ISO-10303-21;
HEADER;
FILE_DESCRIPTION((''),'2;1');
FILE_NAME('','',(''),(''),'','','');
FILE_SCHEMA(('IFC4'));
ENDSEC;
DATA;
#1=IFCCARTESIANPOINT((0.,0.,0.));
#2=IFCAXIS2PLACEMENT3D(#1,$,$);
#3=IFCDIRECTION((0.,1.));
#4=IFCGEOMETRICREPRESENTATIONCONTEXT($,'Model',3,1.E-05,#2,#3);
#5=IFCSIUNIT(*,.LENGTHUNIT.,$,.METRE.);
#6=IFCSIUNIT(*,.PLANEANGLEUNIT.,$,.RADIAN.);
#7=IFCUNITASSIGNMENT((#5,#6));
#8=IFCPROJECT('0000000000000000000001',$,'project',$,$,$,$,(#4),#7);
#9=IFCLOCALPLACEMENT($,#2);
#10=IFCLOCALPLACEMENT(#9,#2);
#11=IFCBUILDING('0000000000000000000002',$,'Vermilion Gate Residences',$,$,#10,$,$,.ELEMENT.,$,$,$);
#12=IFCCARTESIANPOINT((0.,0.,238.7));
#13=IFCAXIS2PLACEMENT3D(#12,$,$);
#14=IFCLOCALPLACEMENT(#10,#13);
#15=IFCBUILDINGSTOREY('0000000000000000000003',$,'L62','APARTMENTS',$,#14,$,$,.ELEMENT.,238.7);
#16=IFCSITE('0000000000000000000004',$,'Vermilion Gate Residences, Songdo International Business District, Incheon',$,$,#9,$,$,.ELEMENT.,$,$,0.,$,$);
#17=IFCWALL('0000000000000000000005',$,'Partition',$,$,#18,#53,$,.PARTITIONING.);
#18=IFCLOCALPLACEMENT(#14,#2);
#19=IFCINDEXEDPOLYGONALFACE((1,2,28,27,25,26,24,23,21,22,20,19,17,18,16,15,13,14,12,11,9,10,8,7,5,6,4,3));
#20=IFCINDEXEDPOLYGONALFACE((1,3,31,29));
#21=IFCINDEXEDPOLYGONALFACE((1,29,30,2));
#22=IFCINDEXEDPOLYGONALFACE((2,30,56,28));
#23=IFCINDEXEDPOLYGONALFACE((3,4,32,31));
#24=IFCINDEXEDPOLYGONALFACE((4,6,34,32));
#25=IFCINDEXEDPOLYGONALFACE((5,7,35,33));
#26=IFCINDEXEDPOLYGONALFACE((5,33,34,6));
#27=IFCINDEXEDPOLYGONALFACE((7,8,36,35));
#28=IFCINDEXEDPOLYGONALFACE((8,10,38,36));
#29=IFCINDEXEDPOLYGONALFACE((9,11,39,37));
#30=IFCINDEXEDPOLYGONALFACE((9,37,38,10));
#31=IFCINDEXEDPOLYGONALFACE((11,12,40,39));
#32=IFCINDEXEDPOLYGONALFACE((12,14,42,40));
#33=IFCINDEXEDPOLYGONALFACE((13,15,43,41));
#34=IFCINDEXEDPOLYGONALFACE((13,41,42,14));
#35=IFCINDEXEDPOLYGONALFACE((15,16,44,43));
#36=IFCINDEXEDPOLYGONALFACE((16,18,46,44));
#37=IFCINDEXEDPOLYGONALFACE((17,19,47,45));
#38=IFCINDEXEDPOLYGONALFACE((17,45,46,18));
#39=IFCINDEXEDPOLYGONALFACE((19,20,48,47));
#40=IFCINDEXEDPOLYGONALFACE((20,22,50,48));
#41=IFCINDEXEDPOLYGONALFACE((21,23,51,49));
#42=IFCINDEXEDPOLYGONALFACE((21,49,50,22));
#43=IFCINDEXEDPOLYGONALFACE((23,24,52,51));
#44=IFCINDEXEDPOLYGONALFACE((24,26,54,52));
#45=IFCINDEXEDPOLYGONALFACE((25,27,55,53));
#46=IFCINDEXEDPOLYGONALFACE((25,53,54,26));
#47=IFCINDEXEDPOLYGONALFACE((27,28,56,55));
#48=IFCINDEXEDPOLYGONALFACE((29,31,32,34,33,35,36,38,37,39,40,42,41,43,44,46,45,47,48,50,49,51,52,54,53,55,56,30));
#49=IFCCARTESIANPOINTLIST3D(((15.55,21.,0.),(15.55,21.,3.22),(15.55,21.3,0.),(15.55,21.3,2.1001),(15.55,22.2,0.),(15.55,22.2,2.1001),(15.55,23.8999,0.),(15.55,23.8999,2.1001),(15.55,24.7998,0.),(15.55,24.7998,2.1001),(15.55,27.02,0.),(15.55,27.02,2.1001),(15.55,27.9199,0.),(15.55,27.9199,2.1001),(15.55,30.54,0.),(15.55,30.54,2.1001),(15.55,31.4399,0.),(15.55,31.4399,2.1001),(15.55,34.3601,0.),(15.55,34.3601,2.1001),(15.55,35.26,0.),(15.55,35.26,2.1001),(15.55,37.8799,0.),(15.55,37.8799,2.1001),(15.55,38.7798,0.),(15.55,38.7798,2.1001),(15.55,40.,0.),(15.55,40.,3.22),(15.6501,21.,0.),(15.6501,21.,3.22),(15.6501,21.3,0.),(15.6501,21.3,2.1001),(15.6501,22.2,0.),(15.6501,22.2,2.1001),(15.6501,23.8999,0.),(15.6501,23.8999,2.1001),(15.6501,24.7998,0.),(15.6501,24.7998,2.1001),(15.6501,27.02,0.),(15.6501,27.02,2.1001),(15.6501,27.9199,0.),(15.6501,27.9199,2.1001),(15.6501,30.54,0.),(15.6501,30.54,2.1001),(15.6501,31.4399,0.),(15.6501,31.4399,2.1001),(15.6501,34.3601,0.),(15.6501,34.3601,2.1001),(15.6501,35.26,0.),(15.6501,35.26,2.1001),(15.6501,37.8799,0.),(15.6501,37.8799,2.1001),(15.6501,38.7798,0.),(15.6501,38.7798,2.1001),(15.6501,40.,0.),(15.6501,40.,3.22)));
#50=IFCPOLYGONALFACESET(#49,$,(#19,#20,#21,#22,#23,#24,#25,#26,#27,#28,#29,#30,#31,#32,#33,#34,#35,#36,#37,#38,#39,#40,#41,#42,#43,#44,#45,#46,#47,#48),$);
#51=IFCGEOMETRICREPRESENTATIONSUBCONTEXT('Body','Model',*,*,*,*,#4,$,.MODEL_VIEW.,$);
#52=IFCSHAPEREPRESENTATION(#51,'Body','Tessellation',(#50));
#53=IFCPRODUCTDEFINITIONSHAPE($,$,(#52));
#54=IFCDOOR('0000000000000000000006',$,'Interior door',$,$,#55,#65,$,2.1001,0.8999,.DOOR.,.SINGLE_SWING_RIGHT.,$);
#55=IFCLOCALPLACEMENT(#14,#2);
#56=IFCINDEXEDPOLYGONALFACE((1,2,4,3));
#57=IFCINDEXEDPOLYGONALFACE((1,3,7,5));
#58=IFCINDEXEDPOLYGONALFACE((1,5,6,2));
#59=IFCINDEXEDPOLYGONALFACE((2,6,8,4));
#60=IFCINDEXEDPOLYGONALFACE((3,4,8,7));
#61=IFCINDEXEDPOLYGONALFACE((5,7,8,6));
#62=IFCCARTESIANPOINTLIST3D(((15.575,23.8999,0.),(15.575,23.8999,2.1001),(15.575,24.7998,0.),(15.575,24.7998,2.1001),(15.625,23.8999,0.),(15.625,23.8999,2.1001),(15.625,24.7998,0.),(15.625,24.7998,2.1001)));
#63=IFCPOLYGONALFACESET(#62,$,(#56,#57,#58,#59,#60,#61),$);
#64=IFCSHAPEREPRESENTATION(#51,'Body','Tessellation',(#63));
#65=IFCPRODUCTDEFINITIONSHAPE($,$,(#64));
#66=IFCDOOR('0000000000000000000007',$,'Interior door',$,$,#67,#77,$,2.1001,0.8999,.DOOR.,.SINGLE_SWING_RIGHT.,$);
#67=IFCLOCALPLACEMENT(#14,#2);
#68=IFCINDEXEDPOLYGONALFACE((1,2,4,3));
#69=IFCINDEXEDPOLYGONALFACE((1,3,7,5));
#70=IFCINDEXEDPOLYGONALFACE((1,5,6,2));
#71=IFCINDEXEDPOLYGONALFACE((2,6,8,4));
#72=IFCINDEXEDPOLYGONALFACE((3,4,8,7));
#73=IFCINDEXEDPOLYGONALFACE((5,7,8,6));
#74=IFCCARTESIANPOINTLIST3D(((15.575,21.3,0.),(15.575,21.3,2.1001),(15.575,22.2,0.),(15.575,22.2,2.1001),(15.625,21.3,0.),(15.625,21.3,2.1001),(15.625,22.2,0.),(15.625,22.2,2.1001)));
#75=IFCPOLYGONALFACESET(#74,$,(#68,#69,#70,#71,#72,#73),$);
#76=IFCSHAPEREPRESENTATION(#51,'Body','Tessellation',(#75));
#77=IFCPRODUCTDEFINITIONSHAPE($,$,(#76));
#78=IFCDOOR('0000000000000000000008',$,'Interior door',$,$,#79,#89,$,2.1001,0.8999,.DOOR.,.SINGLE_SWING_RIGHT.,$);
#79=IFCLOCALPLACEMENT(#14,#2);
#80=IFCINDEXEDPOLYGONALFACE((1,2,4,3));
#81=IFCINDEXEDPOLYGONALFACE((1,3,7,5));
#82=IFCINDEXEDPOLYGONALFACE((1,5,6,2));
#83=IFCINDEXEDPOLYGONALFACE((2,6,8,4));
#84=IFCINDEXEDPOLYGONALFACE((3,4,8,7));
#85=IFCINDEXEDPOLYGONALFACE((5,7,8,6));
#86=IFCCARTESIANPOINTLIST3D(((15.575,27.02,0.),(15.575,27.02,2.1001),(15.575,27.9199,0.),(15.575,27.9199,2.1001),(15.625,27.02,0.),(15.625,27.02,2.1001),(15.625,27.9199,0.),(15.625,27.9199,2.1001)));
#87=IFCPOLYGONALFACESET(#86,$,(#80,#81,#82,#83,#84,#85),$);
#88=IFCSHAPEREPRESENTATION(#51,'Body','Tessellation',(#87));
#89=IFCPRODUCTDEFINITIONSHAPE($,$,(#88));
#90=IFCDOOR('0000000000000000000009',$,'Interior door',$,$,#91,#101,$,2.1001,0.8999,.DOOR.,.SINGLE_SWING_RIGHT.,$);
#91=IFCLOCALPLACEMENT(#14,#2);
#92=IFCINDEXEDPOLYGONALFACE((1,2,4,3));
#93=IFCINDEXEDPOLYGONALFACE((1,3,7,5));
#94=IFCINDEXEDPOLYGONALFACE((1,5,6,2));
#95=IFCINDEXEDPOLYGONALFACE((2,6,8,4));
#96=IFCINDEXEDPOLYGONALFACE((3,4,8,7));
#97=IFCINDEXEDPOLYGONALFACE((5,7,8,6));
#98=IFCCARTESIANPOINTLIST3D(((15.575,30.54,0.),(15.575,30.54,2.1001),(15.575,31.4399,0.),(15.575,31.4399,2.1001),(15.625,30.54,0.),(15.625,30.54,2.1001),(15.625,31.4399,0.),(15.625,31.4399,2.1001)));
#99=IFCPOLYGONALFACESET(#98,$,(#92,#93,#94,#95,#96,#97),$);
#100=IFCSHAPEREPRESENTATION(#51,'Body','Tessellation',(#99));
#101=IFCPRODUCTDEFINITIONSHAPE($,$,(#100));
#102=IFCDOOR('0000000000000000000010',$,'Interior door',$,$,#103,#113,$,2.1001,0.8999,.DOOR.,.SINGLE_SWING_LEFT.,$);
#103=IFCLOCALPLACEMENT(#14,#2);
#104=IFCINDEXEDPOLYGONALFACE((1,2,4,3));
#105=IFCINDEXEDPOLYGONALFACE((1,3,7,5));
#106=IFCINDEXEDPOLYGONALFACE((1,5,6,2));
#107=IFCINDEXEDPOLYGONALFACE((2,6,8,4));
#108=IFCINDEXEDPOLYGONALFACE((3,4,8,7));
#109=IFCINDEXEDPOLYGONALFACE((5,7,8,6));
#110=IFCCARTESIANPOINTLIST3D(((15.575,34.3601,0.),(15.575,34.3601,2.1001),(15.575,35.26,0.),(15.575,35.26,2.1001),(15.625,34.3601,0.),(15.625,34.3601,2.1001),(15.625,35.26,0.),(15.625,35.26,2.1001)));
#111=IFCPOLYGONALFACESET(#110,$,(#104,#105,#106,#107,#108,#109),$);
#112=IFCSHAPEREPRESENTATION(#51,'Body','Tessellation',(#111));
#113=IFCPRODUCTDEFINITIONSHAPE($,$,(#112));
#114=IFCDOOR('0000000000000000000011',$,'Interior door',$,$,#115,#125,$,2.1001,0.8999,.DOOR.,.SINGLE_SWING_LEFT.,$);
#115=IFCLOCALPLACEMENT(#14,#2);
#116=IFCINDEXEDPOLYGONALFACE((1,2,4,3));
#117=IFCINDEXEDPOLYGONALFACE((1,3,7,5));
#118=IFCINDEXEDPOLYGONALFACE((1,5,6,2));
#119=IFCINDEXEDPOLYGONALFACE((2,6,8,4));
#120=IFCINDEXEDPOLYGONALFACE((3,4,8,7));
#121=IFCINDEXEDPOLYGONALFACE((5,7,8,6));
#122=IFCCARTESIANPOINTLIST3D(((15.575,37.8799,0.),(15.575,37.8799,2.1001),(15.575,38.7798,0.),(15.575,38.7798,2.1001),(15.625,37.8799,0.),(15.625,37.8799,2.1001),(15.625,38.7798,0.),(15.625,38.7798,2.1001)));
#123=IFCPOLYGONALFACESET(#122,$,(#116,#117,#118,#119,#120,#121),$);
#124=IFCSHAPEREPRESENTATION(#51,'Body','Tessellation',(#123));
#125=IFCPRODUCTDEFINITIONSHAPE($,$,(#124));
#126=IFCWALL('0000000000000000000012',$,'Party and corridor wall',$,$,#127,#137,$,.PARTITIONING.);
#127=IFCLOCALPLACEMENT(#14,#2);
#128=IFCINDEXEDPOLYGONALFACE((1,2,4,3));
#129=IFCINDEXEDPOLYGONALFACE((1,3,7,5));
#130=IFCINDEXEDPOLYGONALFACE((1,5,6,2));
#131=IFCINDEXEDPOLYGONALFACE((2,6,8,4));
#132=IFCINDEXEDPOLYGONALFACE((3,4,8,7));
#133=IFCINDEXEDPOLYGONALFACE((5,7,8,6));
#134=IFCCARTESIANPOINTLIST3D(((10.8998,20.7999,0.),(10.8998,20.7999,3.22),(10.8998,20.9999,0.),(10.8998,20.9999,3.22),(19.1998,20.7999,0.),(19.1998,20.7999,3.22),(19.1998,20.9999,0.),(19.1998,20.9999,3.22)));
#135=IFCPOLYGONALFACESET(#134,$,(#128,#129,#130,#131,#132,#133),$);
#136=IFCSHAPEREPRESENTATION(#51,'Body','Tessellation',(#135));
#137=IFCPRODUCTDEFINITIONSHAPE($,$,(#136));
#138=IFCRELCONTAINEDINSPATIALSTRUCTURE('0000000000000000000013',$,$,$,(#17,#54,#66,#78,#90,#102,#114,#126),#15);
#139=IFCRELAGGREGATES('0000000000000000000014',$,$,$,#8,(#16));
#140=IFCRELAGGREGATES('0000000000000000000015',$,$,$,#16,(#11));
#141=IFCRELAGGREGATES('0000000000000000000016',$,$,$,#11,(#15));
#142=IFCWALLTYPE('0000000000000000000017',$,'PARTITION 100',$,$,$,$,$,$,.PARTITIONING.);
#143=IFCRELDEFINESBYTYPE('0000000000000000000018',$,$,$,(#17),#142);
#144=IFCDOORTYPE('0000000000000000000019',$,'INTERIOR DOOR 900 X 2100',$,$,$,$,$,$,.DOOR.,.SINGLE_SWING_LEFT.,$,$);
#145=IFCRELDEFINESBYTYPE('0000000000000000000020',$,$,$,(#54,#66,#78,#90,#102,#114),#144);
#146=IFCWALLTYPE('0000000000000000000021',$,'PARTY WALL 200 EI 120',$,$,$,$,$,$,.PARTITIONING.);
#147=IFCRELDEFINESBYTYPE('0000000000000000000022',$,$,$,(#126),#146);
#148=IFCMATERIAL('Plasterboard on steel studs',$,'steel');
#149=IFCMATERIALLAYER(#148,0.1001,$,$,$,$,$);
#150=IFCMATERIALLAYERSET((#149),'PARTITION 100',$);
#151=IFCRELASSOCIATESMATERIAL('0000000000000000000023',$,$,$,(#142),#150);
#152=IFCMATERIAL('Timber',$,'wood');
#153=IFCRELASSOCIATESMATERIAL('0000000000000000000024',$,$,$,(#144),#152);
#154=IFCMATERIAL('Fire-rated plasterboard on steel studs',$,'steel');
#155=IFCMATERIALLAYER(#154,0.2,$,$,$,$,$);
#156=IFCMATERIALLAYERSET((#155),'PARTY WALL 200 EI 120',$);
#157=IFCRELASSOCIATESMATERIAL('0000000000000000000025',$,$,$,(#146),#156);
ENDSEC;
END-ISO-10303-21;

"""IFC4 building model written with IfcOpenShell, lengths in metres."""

from ifc_helpers import new_model, si_unit, direction, frame, frame_2d, origin, place, context, subcontext, project, spatial, rectangle, extrude, material, layer, layer_set, type_object, element, fill, save


model = new_model("IFC4")

# Units and contexts
model_context = context("Model", 3, precision=1e-05, world=origin(), true_north=direction((0.0, 1.0)))
body_context = subcontext(model_context, "Body", "Model", "MODEL_VIEW")
ifc_project = project(units=[si_unit("LENGTHUNIT", "METRE"), si_unit("PLANEANGLEUNIT", "RADIAN")], contexts=[model_context])

# Site, building, storey
site_placement = place(None, origin())
site = spatial("IfcSite", under=ifc_project, at=site_placement, Name="Vermilion Gate Residences, Songdo International Business District, Incheon", CompositionType="ELEMENT", RefElevation=0.0)
building_placement = place(site_placement, origin())
building = spatial("IfcBuilding", under=site, at=building_placement, Name="Vermilion Gate Residences", CompositionType="ELEMENT")
storey_placement = place(building_placement, frame((0.0, 0.0, 238.7)))
storey = spatial("IfcBuildingStorey", under=building, at=storey_placement, Name="L62", Description="APARTMENTS", CompositionType="ELEMENT", Elevation=238.7)

# Shared definitions
ifc_material_1 = material(Name="Plasterboard on steel studs", Category="steel")
ifc_layer_1 = layer(ifc_material_1, 0.1001)
ifc_layer_set_1 = layer_set([ifc_layer_1], Name="PARTITION 100")
wall_type_1 = type_object("IfcWallType", Name="PARTITION 100", PredefinedType="PARTITIONING", material=ifc_layer_set_1)

# Wall, openings, doors
ifc_material_2 = material(Name="Timber", Category="wood")
door_type_1 = type_object("IfcDoorType", Name="INTERIOR DOOR 900 X 2100", OperationType="SINGLE_SWING_LEFT", PredefinedType="DOOR", material=ifc_material_2)
wall_1_placement = place(storey_placement, frame((15.6001, 21.0, 0.0), z_axis=(0.0, 0.0, 1.0), x_axis=(0.0, 1.0, 0.0)))
wall_1 = element("IfcWall", 1, at=wall_1_placement, inside=storey, type_object=wall_type_1, Name="Partition", PredefinedType="PARTITIONING", context=body_context, shape_type="SweptSolid", body=[
    extrude(rectangle(XDim=19.0, YDim=0.1001, at=frame_2d((9.5, 0.0))), origin(), (0.0, 0.0, 1.0), 3.22),
])
opening_1_placement = place(wall_1_placement, frame((2.8999, 0.0, 0.0)))
opening_1 = element("IfcOpeningElement", 2, at=opening_1_placement, cuts=wall_1, PredefinedType="OPENING", context=body_context, shape_type="SweptSolid", body=[
    extrude(rectangle(XDim=0.8999, YDim=2.1001, at=frame_2d((0.45, 1.05))), frame((0.0, 0.0601, 0.0), z_axis=(0.0, -1.0, 0.0), x_axis=(1.0, 0.0, 0.0)), (0.0, 0.0, 1.0), 0.1201),
])
opening_2_placement = place(wall_1_placement, frame((0.3, 0.0, 0.0)))
opening_2 = element("IfcOpeningElement", 3, at=opening_2_placement, cuts=wall_1, PredefinedType="OPENING", context=body_context, shape_type="SweptSolid", body=[
    extrude(rectangle(XDim=0.8999, YDim=2.1001, at=frame_2d((0.45, 1.05))), frame((0.0, 0.0601, 0.0), z_axis=(0.0, -1.0, 0.0), x_axis=(1.0, 0.0, 0.0)), (0.0, 0.0, 1.0), 0.1201),
])
opening_3_placement = place(wall_1_placement, frame((6.02, 0.0, 0.0)))
opening_3 = element("IfcOpeningElement", 4, at=opening_3_placement, cuts=wall_1, PredefinedType="OPENING", context=body_context, shape_type="SweptSolid", body=[
    extrude(rectangle(XDim=0.8999, YDim=2.1001, at=frame_2d((0.45, 1.05))), frame((0.0, 0.0601, 0.0), z_axis=(0.0, -1.0, 0.0), x_axis=(1.0, 0.0, 0.0)), (0.0, 0.0, 1.0), 0.1201),
])
opening_4_placement = place(wall_1_placement, frame((9.54, 0.0, 0.0)))
opening_4 = element("IfcOpeningElement", 5, at=opening_4_placement, cuts=wall_1, PredefinedType="OPENING", context=body_context, shape_type="SweptSolid", body=[
    extrude(rectangle(XDim=0.8999, YDim=2.1001, at=frame_2d((0.45, 1.05))), frame((0.0, 0.0601, 0.0), z_axis=(0.0, -1.0, 0.0), x_axis=(1.0, 0.0, 0.0)), (0.0, 0.0, 1.0), 0.1201),
])
opening_5_placement = place(wall_1_placement, frame((13.3601, 0.0, 0.0)))
opening_5 = element("IfcOpeningElement", 6, at=opening_5_placement, cuts=wall_1, PredefinedType="OPENING", context=body_context, shape_type="SweptSolid", body=[
    extrude(rectangle(XDim=0.8999, YDim=2.1001, at=frame_2d((0.45, 1.05))), frame((0.0, 0.0601, 0.0), z_axis=(0.0, -1.0, 0.0), x_axis=(1.0, 0.0, 0.0)), (0.0, 0.0, 1.0), 0.1201),
])
opening_6_placement = place(wall_1_placement, frame((16.8799, 0.0, 0.0)))
opening_6 = element("IfcOpeningElement", 7, at=opening_6_placement, cuts=wall_1, PredefinedType="OPENING", context=body_context, shape_type="SweptSolid", body=[
    extrude(rectangle(XDim=0.8999, YDim=2.1001, at=frame_2d((0.45, 1.05))), frame((0.0, 0.0601, 0.0), z_axis=(0.0, -1.0, 0.0), x_axis=(1.0, 0.0, 0.0)), (0.0, 0.0, 1.0), 0.1201),
])
door_1_placement = place(opening_1_placement, frame((0.8999, 0.0, 0.0), z_axis=(0.0, 0.0, 1.0), x_axis=(-1.0, 0.0, 0.0)))
door_1 = element("IfcDoor", 8, at=door_1_placement, inside=storey, type_object=door_type_1, Name="Interior door", OperationType="SINGLE_SWING_RIGHT", OverallHeight=2.1001, OverallWidth=0.8999, PredefinedType="DOOR", context=body_context, shape_type="SweptSolid", body=[
    extrude(rectangle(XDim=0.8999, YDim=2.1001, at=frame_2d((0.45, 1.05))), frame((0.0, 0.0249, 0.0), z_axis=(0.0, -1.0, 0.0), x_axis=(1.0, 0.0, 0.0)), (0.0, 0.0, 1.0), 0.05),
])
fill(opening_1, door_1)
door_2_placement = place(opening_2_placement, frame((0.8999, 0.0, 0.0), z_axis=(0.0, 0.0, 1.0), x_axis=(-1.0, 0.0, 0.0)))
door_2 = element("IfcDoor", 9, at=door_2_placement, inside=storey, type_object=door_type_1, Name="Interior door", OperationType="SINGLE_SWING_RIGHT", OverallHeight=2.1001, OverallWidth=0.8999, PredefinedType="DOOR", context=body_context, shape_type="SweptSolid", body=[
    extrude(rectangle(XDim=0.8999, YDim=2.1001, at=frame_2d((0.45, 1.05))), frame((0.0, 0.0249, 0.0), z_axis=(0.0, -1.0, 0.0), x_axis=(1.0, 0.0, 0.0)), (0.0, 0.0, 1.0), 0.05),
])
fill(opening_2, door_2)
door_3_placement = place(opening_3_placement, frame((0.8999, 0.0, 0.0), z_axis=(0.0, 0.0, 1.0), x_axis=(-1.0, 0.0, 0.0)))
door_3 = element("IfcDoor", 10, at=door_3_placement, inside=storey, type_object=door_type_1, Name="Interior door", OperationType="SINGLE_SWING_RIGHT", OverallHeight=2.1001, OverallWidth=0.8999, PredefinedType="DOOR", context=body_context, shape_type="SweptSolid", body=[
    extrude(rectangle(XDim=0.8999, YDim=2.1001, at=frame_2d((0.45, 1.05))), frame((0.0, 0.0249, 0.0), z_axis=(0.0, -1.0, 0.0), x_axis=(1.0, 0.0, 0.0)), (0.0, 0.0, 1.0), 0.05),
])
fill(opening_3, door_3)
door_4_placement = place(opening_4_placement, frame((0.8999, 0.0, 0.0), z_axis=(0.0, 0.0, 1.0), x_axis=(-1.0, 0.0, 0.0)))
door_4 = element("IfcDoor", 11, at=door_4_placement, inside=storey, type_object=door_type_1, Name="Interior door", OperationType="SINGLE_SWING_RIGHT", OverallHeight=2.1001, OverallWidth=0.8999, PredefinedType="DOOR", context=body_context, shape_type="SweptSolid", body=[
    extrude(rectangle(XDim=0.8999, YDim=2.1001, at=frame_2d((0.45, 1.05))), frame((0.0, 0.0249, 0.0), z_axis=(0.0, -1.0, 0.0), x_axis=(1.0, 0.0, 0.0)), (0.0, 0.0, 1.0), 0.05),
])
fill(opening_4, door_4)
door_5_placement = place(opening_5_placement, frame((0.8999, 0.0, 0.0), z_axis=(0.0, 0.0, 1.0), x_axis=(-1.0, 0.0, 0.0)))
door_5 = element("IfcDoor", 12, at=door_5_placement, inside=storey, type_object=door_type_1, Name="Interior door", OperationType="SINGLE_SWING_LEFT", OverallHeight=2.1001, OverallWidth=0.8999, PredefinedType="DOOR", context=body_context, shape_type="SweptSolid", body=[
    extrude(rectangle(XDim=0.8999, YDim=2.1001, at=frame_2d((0.45, 1.05))), frame((0.0, 0.0249, 0.0), z_axis=(0.0, -1.0, 0.0), x_axis=(1.0, 0.0, 0.0)), (0.0, 0.0, 1.0), 0.05),
])
fill(opening_5, door_5)
door_6_placement = place(opening_6_placement, frame((0.8999, 0.0, 0.0), z_axis=(0.0, 0.0, 1.0), x_axis=(-1.0, 0.0, 0.0)))
door_6 = element("IfcDoor", 13, at=door_6_placement, inside=storey, type_object=door_type_1, Name="Interior door", OperationType="SINGLE_SWING_LEFT", OverallHeight=2.1001, OverallWidth=0.8999, PredefinedType="DOOR", context=body_context, shape_type="SweptSolid", body=[
    extrude(rectangle(XDim=0.8999, YDim=2.1001, at=frame_2d((0.45, 1.05))), frame((0.0, 0.0249, 0.0), z_axis=(0.0, -1.0, 0.0), x_axis=(1.0, 0.0, 0.0)), (0.0, 0.0, 1.0), 0.05),
])
fill(opening_6, door_6)

# Wall
ifc_material_3 = material(Name="Fire-rated plasterboard on steel studs", Category="steel")
ifc_layer_2 = layer(ifc_material_3, 0.2)
ifc_layer_set_2 = layer_set([ifc_layer_2], Name="PARTY WALL 200 EI 120")
wall_type_2 = type_object("IfcWallType", Name="PARTY WALL 200 EI 120", PredefinedType="PARTITIONING", material=ifc_layer_set_2)
wall_2_placement = place(storey_placement, frame((10.8999, 20.8999, 0.0), z_axis=(0.0, 0.0, 1.0), x_axis=(1.0, 0.0, 0.0)))
element("IfcWall", 14, at=wall_2_placement, inside=storey, type_object=wall_type_2, Name="Party and corridor wall", PredefinedType="PARTITIONING", context=body_context, shape_type="SweptSolid", body=[
    extrude(rectangle(XDim=8.3, YDim=0.2, at=frame_2d((4.1499, 0.0))), origin(), (0.0, 0.0, 1.0), 3.22),
])

save(model, "model.ifc")
